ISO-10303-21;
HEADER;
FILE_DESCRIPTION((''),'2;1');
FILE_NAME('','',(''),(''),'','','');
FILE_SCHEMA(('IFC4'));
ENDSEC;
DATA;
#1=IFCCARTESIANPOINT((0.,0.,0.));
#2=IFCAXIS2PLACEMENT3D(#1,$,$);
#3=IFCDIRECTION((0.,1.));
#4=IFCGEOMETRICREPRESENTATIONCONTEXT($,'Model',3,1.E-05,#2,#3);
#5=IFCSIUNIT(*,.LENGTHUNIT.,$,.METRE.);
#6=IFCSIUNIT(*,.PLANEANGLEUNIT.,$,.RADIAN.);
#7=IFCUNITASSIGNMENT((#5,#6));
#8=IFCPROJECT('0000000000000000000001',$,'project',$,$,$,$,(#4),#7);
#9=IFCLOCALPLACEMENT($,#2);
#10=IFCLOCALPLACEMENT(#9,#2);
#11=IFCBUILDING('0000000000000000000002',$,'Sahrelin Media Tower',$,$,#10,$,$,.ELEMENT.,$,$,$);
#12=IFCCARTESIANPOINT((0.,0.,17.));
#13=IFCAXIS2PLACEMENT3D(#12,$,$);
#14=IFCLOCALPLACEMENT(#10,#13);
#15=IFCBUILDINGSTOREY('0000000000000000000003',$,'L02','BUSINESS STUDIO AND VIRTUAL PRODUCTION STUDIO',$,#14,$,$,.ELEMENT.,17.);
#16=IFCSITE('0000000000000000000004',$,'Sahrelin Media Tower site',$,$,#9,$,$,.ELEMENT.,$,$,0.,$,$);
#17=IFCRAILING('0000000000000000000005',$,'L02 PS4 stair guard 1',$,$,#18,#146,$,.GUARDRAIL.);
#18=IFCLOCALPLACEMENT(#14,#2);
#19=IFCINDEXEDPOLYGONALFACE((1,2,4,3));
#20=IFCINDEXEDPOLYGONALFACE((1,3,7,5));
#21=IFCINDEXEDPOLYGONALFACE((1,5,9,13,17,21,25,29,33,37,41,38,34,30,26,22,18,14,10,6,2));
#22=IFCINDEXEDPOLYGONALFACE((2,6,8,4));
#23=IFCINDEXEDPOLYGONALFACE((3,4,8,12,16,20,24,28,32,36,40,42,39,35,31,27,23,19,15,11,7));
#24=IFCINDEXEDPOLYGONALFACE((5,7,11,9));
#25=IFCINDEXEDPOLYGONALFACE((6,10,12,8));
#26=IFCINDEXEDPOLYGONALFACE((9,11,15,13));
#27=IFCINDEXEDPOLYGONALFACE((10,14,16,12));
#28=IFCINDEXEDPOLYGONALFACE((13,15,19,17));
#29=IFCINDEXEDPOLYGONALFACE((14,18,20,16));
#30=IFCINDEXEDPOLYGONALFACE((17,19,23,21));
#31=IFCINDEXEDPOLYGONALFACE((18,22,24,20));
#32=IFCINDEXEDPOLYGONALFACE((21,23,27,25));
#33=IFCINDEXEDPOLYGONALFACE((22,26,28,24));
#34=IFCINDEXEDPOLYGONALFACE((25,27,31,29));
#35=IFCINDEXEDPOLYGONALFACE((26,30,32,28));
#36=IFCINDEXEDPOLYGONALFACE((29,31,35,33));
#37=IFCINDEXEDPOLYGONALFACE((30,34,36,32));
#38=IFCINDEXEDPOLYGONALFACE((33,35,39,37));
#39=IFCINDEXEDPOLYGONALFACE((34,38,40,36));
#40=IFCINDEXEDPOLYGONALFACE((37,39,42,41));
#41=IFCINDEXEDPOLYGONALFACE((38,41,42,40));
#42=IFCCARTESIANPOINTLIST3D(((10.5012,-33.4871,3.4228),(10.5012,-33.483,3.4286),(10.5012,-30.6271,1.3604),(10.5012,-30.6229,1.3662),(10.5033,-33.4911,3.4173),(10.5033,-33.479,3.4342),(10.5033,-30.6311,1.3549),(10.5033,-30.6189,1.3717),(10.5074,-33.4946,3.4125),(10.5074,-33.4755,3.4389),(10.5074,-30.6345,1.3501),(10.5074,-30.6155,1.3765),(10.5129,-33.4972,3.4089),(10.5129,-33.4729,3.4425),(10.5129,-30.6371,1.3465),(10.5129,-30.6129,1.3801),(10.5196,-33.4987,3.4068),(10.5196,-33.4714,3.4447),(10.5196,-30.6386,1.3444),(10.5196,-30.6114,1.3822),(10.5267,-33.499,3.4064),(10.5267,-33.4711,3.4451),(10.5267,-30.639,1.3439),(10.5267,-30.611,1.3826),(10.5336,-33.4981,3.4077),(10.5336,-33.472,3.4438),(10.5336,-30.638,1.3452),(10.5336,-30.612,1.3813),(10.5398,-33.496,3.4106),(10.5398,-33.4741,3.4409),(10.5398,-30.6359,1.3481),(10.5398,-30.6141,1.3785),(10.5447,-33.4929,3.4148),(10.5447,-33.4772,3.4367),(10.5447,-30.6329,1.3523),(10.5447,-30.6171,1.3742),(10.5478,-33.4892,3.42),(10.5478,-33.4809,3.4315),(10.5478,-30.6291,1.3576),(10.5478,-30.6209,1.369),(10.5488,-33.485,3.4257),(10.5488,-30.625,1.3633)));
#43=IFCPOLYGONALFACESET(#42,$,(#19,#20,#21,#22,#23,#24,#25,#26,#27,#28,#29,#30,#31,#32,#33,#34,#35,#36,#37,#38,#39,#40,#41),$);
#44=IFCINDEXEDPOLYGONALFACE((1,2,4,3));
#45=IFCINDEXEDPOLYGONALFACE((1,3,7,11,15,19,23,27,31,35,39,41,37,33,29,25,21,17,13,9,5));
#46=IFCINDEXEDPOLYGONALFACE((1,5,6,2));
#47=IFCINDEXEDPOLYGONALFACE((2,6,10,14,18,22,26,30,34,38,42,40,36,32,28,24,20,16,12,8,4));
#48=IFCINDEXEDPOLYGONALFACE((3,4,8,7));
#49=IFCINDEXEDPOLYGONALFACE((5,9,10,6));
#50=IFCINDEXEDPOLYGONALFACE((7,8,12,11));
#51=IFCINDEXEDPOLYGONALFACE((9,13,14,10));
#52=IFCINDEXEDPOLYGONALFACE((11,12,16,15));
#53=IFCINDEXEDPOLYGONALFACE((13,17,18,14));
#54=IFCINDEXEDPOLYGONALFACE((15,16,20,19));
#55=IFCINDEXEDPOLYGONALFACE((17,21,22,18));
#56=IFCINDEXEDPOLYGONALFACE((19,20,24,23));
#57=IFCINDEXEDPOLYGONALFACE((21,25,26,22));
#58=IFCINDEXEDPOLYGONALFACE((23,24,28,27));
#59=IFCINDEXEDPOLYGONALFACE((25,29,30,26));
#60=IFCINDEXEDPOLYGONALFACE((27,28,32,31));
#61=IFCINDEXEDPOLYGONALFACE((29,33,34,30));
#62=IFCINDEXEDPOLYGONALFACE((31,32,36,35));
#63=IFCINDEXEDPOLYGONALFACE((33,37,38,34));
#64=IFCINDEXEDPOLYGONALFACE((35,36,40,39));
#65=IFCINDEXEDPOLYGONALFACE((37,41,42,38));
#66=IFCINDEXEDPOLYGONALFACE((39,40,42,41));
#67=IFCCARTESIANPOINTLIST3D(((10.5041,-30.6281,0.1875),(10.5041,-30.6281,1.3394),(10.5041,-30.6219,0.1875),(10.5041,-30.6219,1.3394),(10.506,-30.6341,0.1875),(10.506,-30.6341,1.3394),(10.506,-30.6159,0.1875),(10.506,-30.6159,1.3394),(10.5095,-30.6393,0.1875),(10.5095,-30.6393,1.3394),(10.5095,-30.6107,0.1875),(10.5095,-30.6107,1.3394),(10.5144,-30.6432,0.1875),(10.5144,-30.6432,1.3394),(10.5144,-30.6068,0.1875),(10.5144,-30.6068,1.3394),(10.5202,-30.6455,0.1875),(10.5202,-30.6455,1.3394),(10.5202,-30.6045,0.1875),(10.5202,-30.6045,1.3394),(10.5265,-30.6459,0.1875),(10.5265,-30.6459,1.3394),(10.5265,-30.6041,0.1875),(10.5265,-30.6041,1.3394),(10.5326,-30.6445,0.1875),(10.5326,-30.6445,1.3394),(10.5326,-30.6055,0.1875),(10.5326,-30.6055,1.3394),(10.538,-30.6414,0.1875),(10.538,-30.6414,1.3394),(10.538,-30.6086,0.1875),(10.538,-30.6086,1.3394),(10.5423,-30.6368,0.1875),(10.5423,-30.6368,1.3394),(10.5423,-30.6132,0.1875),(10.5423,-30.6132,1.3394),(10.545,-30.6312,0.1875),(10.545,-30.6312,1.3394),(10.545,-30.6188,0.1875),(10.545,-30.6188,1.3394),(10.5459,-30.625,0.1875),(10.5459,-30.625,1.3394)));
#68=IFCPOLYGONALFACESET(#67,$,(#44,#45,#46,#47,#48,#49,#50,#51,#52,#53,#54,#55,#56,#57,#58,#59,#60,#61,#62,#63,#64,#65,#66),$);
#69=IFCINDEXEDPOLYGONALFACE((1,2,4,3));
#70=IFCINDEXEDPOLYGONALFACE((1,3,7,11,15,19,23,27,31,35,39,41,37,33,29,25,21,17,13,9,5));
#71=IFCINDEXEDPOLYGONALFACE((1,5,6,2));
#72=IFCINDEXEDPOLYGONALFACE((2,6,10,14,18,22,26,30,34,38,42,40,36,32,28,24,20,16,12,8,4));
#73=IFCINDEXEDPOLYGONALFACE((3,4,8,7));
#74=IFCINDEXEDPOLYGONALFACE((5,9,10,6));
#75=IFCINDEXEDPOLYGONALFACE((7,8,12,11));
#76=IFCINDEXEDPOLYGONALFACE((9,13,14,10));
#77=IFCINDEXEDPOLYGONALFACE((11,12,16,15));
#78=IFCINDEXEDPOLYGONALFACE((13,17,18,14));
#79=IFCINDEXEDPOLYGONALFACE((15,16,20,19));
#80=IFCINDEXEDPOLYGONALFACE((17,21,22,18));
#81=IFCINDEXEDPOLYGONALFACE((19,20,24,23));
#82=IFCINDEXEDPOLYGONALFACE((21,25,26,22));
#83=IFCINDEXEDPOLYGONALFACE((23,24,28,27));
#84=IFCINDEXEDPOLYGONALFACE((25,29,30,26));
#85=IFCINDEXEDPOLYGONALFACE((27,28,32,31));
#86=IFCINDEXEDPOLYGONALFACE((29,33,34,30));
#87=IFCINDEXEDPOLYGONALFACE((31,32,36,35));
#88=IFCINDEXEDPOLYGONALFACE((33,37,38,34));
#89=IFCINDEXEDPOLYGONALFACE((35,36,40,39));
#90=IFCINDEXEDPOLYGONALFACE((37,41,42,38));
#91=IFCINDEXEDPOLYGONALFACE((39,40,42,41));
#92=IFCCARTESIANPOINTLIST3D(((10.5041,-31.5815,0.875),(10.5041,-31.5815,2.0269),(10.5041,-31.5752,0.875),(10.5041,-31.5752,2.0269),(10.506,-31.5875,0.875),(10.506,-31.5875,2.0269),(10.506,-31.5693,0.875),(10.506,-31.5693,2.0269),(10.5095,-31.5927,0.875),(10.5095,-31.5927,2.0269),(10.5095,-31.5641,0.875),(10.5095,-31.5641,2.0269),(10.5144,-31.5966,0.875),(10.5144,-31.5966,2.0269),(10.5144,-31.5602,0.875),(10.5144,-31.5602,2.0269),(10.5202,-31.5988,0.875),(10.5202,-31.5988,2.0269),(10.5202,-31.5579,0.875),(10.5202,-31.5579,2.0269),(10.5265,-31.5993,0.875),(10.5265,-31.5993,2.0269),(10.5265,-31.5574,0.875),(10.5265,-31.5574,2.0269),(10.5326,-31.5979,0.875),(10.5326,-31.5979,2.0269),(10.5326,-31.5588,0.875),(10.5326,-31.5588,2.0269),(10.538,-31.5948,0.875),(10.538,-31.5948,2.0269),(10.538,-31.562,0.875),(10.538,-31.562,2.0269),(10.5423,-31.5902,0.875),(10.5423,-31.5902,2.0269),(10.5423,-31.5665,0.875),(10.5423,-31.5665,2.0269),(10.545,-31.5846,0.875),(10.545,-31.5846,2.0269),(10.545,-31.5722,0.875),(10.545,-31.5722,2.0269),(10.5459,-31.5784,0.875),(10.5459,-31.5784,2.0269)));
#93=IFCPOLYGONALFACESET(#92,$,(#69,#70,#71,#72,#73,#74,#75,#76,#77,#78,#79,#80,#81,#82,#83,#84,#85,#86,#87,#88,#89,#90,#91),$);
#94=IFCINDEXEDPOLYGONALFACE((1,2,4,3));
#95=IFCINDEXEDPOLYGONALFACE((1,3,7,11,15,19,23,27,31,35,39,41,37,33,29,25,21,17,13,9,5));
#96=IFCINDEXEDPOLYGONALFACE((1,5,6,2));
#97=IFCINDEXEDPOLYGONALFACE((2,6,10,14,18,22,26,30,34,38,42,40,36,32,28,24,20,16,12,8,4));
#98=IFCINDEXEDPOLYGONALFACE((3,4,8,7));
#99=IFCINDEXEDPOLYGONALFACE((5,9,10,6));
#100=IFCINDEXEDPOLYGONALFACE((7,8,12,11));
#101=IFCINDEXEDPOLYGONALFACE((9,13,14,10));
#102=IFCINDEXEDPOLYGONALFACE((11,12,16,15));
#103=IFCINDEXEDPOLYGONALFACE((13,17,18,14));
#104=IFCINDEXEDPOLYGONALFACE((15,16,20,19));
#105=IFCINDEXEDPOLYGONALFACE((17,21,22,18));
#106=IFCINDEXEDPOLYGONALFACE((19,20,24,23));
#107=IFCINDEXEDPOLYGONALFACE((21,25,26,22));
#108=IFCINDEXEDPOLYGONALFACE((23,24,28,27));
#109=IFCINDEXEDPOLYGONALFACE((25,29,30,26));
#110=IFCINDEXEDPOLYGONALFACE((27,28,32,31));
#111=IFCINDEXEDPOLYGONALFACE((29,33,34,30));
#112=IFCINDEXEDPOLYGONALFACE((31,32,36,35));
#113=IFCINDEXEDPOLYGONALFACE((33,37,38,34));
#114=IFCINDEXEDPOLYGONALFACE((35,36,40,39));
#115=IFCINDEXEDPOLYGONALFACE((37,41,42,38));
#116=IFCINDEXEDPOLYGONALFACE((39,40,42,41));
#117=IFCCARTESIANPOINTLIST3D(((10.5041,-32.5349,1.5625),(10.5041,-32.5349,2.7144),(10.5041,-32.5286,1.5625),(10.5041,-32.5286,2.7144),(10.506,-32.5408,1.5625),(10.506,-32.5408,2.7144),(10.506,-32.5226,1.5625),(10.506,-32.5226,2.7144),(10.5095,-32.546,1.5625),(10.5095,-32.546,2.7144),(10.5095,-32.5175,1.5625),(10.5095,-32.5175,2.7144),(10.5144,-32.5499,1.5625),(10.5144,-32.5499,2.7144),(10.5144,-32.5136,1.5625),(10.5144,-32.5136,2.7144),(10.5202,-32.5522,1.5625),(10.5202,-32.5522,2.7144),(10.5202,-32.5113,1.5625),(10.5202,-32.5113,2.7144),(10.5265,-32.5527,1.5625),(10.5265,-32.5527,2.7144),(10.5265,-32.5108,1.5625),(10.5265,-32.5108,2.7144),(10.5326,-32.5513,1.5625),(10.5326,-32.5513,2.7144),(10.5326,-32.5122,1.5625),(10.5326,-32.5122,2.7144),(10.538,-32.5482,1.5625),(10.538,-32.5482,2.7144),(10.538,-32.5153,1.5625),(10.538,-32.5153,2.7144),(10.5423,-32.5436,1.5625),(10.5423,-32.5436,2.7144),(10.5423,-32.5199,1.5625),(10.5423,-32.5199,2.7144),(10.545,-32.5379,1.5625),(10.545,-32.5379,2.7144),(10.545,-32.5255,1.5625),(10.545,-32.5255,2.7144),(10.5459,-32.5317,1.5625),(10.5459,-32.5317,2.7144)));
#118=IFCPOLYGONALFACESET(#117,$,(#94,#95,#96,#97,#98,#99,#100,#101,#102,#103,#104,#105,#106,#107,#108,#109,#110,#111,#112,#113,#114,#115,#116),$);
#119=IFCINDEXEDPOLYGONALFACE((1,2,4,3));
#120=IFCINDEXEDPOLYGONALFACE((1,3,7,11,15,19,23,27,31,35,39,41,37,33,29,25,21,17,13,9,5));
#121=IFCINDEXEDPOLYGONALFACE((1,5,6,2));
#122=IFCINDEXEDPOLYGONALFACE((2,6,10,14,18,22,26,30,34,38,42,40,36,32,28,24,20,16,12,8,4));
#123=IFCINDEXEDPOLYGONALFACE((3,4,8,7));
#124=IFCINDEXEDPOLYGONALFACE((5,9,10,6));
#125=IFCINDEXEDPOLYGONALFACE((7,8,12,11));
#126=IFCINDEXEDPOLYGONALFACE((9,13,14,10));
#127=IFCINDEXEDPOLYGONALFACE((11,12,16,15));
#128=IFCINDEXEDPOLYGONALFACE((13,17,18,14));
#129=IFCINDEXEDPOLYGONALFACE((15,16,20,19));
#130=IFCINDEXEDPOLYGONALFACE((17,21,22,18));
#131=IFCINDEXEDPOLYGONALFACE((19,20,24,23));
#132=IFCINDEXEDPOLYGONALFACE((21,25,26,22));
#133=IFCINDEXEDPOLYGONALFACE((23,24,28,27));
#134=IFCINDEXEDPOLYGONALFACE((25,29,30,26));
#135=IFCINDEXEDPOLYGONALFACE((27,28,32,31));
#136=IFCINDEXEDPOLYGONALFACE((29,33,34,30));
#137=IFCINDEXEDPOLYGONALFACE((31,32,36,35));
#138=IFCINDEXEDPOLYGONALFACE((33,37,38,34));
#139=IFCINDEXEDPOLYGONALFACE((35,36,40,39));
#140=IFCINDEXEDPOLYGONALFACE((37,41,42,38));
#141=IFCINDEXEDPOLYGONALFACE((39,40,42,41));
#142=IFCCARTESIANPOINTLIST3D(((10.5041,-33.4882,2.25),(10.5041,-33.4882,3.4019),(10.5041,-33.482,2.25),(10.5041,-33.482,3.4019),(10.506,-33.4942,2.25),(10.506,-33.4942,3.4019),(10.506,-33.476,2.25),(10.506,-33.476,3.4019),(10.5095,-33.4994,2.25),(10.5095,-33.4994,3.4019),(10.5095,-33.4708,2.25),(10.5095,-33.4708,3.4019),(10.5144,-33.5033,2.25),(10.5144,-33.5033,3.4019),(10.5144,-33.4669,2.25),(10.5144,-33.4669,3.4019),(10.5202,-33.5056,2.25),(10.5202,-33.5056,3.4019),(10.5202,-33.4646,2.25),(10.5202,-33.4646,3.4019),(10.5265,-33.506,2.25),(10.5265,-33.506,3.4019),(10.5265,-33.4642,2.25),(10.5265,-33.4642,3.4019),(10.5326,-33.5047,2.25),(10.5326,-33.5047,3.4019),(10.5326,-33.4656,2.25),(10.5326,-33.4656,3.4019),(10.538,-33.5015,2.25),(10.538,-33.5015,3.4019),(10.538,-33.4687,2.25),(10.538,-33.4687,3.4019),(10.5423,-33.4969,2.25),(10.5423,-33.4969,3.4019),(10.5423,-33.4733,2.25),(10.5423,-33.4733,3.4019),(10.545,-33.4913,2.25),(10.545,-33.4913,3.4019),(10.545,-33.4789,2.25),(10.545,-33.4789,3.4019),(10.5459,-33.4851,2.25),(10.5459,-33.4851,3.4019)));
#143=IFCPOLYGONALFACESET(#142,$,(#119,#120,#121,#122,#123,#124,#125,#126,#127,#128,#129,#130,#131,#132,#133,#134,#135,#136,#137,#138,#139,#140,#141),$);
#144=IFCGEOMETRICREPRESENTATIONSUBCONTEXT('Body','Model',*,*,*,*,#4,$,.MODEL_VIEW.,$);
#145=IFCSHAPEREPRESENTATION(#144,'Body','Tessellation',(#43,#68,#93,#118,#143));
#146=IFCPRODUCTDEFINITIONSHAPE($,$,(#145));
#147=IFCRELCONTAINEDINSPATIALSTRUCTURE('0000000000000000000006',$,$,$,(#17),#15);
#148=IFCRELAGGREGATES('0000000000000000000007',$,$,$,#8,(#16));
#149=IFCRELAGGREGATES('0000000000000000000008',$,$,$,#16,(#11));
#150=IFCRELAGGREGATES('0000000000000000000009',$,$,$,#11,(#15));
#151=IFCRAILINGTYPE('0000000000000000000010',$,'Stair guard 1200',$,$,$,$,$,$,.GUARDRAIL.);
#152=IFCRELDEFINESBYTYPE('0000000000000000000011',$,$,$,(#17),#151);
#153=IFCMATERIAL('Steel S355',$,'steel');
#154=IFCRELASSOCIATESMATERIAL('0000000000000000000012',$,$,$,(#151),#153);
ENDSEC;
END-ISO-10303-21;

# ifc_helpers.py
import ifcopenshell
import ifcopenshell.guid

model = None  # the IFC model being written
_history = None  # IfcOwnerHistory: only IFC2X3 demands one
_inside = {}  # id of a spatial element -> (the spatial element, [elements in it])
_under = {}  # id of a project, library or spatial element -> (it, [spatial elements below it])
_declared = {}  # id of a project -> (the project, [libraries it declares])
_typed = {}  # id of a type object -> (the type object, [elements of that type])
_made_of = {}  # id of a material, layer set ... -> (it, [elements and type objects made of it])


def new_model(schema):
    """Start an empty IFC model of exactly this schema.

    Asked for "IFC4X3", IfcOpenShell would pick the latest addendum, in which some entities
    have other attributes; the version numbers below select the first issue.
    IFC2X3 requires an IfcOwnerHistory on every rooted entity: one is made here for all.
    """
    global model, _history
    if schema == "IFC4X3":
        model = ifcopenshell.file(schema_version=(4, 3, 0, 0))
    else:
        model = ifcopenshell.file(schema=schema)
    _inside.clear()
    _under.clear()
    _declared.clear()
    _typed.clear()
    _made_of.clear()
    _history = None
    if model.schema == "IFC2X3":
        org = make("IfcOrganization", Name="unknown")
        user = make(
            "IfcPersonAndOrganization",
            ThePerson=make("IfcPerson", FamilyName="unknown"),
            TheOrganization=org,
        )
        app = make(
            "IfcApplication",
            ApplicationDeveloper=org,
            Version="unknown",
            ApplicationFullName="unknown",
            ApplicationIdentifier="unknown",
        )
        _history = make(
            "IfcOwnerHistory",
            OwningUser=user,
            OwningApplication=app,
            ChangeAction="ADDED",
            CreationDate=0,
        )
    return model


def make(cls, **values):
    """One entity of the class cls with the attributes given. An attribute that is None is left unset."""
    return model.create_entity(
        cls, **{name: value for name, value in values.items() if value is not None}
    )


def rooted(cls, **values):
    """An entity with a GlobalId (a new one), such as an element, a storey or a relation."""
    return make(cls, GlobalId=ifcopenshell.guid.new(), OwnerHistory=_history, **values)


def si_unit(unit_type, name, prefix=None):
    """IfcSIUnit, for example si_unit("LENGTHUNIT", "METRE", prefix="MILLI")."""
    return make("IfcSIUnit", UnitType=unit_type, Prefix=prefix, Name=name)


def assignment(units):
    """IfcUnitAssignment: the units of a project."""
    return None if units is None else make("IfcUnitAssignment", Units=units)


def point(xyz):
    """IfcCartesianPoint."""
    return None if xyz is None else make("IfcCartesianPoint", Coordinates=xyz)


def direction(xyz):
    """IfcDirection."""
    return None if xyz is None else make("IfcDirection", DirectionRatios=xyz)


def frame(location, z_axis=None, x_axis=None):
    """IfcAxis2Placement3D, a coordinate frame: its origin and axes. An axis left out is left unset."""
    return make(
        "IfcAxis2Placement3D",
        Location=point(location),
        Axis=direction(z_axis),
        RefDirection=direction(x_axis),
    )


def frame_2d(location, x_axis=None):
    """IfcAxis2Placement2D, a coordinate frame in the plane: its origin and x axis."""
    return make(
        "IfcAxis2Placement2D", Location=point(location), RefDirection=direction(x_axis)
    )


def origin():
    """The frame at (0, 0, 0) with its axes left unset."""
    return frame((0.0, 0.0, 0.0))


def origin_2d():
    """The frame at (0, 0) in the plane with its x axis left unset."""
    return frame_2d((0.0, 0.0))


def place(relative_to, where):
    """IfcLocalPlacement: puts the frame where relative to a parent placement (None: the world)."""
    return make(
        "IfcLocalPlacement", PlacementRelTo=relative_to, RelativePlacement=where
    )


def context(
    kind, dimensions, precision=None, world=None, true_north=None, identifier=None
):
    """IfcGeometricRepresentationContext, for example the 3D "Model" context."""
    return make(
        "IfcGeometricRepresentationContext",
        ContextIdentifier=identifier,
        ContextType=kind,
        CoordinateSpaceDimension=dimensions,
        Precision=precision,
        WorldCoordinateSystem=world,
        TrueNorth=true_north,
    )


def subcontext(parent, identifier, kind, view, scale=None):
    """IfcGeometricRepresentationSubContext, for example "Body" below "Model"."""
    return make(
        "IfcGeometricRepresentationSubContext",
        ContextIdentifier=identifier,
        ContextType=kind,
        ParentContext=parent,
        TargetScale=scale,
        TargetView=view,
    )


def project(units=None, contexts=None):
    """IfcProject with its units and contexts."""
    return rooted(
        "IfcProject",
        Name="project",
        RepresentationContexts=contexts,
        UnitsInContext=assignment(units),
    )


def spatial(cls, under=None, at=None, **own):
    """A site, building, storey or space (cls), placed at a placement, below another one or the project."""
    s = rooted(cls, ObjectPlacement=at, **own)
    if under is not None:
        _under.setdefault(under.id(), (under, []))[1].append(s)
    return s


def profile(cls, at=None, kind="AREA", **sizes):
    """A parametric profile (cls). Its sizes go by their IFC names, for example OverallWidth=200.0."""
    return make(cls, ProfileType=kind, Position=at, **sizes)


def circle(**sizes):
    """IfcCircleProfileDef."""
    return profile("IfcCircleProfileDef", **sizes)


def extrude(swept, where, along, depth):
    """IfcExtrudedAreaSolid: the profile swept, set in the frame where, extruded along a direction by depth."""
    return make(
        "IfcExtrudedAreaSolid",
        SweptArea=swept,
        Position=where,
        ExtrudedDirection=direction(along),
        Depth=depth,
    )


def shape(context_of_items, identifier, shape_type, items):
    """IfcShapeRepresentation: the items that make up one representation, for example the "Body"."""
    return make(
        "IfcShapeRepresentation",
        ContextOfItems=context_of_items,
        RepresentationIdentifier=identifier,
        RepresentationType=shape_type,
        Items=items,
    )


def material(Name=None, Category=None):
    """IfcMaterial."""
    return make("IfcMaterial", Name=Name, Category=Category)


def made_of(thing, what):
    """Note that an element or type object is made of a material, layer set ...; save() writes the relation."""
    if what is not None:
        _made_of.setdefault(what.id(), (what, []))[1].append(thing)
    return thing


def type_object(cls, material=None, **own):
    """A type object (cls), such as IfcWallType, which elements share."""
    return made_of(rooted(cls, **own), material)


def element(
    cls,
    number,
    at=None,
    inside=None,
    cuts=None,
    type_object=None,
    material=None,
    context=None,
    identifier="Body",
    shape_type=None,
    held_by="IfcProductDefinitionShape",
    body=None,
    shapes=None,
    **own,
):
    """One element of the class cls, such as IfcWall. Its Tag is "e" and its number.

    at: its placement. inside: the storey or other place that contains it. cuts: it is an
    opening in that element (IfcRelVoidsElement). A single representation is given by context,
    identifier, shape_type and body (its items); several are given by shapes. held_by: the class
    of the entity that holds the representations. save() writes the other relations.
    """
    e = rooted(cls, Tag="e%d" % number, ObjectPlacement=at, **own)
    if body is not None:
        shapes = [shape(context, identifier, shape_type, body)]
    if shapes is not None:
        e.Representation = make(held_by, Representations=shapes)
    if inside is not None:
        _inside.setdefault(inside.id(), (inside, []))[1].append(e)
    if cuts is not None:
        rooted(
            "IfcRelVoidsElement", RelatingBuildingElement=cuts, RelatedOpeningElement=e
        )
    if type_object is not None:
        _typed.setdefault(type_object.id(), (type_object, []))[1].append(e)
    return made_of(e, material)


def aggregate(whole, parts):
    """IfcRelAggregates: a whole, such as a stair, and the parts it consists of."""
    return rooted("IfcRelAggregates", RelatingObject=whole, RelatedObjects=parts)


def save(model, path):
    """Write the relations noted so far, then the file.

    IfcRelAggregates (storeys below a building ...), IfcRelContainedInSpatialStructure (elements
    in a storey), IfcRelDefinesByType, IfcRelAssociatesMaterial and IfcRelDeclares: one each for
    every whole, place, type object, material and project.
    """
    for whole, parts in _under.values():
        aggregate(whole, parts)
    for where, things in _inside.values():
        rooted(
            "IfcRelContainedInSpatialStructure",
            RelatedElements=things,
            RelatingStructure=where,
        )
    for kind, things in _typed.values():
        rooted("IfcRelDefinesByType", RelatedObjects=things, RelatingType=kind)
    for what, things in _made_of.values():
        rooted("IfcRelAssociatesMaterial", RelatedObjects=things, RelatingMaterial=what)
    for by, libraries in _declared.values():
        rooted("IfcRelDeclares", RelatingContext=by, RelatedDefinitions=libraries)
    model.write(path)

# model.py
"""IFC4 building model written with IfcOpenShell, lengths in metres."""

from ifc_helpers import new_model, si_unit, direction, frame, origin, origin_2d, place, context, subcontext, project, spatial, circle, extrude, material, type_object, element, save


model = new_model("IFC4")

# Units and contexts
model_context = context("Model", 3, precision=1e-05, world=origin(), true_north=direction((0.0, 1.0)))
body_context = subcontext(model_context, "Body", "Model", "MODEL_VIEW")
ifc_project = project(units=[si_unit("LENGTHUNIT", "METRE"), si_unit("PLANEANGLEUNIT", "RADIAN")], contexts=[model_context])

# Site, building, storey
site_placement = place(None, origin())
site = spatial("IfcSite", under=ifc_project, at=site_placement, Name="Sahrelin Media Tower site", CompositionType="ELEMENT", RefElevation=0.0)
building_placement = place(site_placement, origin())
building = spatial("IfcBuilding", under=site, at=building_placement, Name="Sahrelin Media Tower", CompositionType="ELEMENT")
storey_placement = place(building_placement, frame((0.0, 0.0, 17.0)))
storey = spatial("IfcBuildingStorey", under=building, at=storey_placement, Name="L02", Description="BUSINESS STUDIO AND VIRTUAL PRODUCTION STUDIO", CompositionType="ELEMENT", Elevation=17.0)

# Shared definitions
ifc_material_1 = material(Name="Steel S355", Category="steel")

# Railing
railing_type_1 = type_object("IfcRailingType", Name="Stair guard 1200", PredefinedType="GUARDRAIL", material=ifc_material_1)
railing_1_placement = place(storey_placement, frame((10.5249, -30.625, 0.1875)))
element("IfcRailing", 1, at=railing_1_placement, inside=storey, type_object=railing_type_1, Name="L02 PS4 stair guard 1", PredefinedType="GUARDRAIL", context=body_context, shape_type="SweptSolid", body=[
    extrude(circle(Radius=0.0239, at=origin_2d()), frame((0.0, 0.0, 1.1758), z_axis=(0.0, -0.811101, 0.584906), x_axis=(1.0, 0.0, 0.0)), (0.0, 0.0, 1.0), 3.5261),
    extrude(circle(Radius=0.021, at=origin_2d()), origin(), (0.0, 0.0, 1.0), 1.1519),
    extrude(circle(Radius=0.021, at=origin_2d()), frame((0.0, -0.9534, 0.6875)), (0.0, 0.0, 1.0), 1.1519),
    extrude(circle(Radius=0.021, at=origin_2d()), frame((0.0, -1.9067, 1.375)), (0.0, 0.0, 1.0), 1.1519),
    extrude(circle(Radius=0.021, at=origin_2d()), frame((0.0, -2.8601, 2.0625)), (0.0, 0.0, 1.0), 1.1519),
])

save(model, "model.ifc")
